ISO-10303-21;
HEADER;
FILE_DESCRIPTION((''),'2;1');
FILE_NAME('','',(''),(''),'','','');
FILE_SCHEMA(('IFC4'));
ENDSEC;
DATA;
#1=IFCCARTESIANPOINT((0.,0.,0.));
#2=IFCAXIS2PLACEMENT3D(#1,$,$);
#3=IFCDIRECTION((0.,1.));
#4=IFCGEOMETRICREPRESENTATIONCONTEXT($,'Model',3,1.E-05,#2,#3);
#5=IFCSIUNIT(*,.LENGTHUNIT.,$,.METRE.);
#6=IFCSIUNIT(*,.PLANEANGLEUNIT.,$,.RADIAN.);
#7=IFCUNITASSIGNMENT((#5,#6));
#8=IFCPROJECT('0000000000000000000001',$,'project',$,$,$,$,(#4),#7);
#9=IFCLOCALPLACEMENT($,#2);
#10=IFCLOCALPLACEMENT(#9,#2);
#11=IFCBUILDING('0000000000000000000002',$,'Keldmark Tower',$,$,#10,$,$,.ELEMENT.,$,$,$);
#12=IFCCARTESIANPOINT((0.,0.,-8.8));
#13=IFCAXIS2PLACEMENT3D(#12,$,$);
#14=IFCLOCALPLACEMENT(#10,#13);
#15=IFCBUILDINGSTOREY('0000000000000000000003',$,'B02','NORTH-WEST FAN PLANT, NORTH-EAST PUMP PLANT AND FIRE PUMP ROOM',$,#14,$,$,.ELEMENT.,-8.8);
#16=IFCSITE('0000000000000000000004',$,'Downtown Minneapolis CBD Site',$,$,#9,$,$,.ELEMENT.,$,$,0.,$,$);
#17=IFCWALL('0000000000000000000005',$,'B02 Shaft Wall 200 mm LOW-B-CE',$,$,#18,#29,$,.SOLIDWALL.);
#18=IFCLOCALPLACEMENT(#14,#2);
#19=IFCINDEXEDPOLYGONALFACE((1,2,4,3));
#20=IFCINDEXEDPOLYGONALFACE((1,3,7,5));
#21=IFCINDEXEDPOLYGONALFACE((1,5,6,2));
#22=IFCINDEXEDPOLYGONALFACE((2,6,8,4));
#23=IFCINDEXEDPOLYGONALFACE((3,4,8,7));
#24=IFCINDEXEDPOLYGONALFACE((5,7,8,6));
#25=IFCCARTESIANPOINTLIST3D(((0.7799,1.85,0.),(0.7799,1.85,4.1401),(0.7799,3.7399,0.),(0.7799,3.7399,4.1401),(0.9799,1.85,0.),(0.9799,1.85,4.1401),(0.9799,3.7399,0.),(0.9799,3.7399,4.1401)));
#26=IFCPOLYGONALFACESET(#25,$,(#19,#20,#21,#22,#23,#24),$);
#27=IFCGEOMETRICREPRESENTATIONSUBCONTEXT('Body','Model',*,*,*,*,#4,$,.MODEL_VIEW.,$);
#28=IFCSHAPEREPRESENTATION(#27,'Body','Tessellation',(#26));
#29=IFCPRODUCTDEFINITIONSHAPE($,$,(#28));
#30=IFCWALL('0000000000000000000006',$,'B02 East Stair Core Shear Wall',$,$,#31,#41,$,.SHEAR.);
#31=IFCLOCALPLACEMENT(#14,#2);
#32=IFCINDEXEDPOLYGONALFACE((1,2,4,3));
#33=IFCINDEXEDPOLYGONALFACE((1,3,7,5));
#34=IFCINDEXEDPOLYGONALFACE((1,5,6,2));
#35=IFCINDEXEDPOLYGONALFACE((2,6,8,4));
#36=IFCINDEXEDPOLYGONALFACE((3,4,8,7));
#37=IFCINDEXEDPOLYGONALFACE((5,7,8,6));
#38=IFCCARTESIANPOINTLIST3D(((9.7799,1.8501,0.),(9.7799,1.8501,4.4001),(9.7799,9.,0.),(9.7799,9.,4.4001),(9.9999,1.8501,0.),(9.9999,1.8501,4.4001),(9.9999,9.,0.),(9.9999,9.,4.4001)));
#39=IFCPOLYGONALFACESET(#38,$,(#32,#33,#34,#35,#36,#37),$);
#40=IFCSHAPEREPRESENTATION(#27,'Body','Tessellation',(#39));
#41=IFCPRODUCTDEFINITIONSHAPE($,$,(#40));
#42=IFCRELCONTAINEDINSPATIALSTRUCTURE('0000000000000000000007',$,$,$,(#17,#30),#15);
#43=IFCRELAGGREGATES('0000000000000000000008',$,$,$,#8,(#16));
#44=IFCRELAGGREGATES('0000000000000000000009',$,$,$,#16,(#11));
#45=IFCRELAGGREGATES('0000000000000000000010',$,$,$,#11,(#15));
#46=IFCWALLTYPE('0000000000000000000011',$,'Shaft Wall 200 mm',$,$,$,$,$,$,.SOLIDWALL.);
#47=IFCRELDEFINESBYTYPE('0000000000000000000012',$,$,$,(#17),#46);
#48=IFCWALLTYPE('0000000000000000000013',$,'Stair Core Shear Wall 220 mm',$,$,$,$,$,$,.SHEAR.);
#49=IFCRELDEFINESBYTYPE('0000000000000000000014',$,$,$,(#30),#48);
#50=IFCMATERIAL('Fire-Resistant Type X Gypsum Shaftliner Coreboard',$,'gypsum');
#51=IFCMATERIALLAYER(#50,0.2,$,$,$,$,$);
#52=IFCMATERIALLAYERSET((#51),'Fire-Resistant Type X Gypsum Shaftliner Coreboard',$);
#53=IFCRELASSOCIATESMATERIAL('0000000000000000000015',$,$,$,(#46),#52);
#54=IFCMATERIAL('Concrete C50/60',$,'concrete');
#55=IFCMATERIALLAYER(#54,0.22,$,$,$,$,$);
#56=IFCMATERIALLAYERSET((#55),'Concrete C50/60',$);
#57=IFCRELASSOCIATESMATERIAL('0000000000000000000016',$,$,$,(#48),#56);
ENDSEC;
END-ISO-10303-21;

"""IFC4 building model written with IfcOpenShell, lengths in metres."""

from ifc_helpers import new_model, si_unit, direction, frame, frame_2d, origin, place, context, subcontext, project, spatial, rectangle, extrude, material, layer, layer_set, type_object, element, save


model = new_model("IFC4")

# Units and contexts
model_context = context("Model", 3, precision=1e-05, world=origin(), true_north=direction((0.0, 1.0)))
body_context = subcontext(model_context, "Body", "Model", "MODEL_VIEW")
ifc_project = project(units=[si_unit("LENGTHUNIT", "METRE"), si_unit("PLANEANGLEUNIT", "RADIAN")], contexts=[model_context])

# Site, building, storey
site_placement = place(None, origin())
site = spatial("IfcSite", under=ifc_project, at=site_placement, Name="Downtown Minneapolis CBD Site", CompositionType="ELEMENT", RefElevation=0.0)
building_placement = place(site_placement, origin())
building = spatial("IfcBuilding", under=site, at=building_placement, Name="Keldmark Tower", CompositionType="ELEMENT")
storey_placement = place(building_placement, frame((0.0, 0.0, -8.8)))
storey = spatial("IfcBuildingStorey", under=building, at=storey_placement, Name="B02", Description="NORTH-WEST FAN PLANT, NORTH-EAST PUMP PLANT AND FIRE PUMP ROOM", CompositionType="ELEMENT", Elevation=-8.8)

# Shared definitions
ifc_material_1 = material(Name="Fire-Resistant Type X Gypsum Shaftliner Coreboard", Category="gypsum")
ifc_layer_1 = layer(ifc_material_1, 0.2)
ifc_layer_set_1 = layer_set([ifc_layer_1], Name="Fire-Resistant Type X Gypsum Shaftliner Coreboard")
wall_type_1 = type_object("IfcWallType", Name="Shaft Wall 200 mm", PredefinedType="SOLIDWALL", material=ifc_layer_set_1)

# Walls
for number, where, z_axis, x_axis, name in (
    (1, (0.8799, 1.8501, 0.0), (0.0, 0.0, 1.0), (0.0, 1.0, 0.0), "B02 Shaft Wall 200 mm LOW-B-CE"),
):
    element("IfcWall", number, at=place(storey_placement, frame(where, z_axis=z_axis, x_axis=x_axis)), inside=storey, type_object=wall_type_1, Name=name, PredefinedType="SOLIDWALL", context=body_context, shape_type="SweptSolid", body=[
        extrude(rectangle(XDim=1.8899, YDim=0.2, at=frame_2d((0.9448, 0.0))), origin(), (0.0, 0.0, 1.0), 4.1401),
    ])
ifc_material_2 = material(Name="Concrete C50/60", Category="concrete")
ifc_layer_2 = layer(ifc_material_2, 0.22)
ifc_layer_set_2 = layer_set([ifc_layer_2], Name="Concrete C50/60")
wall_type_2 = type_object("IfcWallType", Name="Stair Core Shear Wall 220 mm", PredefinedType="SHEAR", material=ifc_layer_set_2)
wall_1_placement = place(storey_placement, frame((9.8899, 1.8501, 0.0), z_axis=(0.0, 0.0, 1.0), x_axis=(0.0, 1.0, 0.0)))
element("IfcWall", 2, at=wall_1_placement, inside=storey, type_object=wall_type_2, Name="B02 East Stair Core Shear Wall", PredefinedType="SHEAR", context=body_context, shape_type="SweptSolid", body=[
    extrude(rectangle(XDim=7.1499, YDim=0.22, at=frame_2d((3.575, 0.0))), origin(), (0.0, 0.0, 1.0), 4.4001),
])

save(model, "model.ifc")
